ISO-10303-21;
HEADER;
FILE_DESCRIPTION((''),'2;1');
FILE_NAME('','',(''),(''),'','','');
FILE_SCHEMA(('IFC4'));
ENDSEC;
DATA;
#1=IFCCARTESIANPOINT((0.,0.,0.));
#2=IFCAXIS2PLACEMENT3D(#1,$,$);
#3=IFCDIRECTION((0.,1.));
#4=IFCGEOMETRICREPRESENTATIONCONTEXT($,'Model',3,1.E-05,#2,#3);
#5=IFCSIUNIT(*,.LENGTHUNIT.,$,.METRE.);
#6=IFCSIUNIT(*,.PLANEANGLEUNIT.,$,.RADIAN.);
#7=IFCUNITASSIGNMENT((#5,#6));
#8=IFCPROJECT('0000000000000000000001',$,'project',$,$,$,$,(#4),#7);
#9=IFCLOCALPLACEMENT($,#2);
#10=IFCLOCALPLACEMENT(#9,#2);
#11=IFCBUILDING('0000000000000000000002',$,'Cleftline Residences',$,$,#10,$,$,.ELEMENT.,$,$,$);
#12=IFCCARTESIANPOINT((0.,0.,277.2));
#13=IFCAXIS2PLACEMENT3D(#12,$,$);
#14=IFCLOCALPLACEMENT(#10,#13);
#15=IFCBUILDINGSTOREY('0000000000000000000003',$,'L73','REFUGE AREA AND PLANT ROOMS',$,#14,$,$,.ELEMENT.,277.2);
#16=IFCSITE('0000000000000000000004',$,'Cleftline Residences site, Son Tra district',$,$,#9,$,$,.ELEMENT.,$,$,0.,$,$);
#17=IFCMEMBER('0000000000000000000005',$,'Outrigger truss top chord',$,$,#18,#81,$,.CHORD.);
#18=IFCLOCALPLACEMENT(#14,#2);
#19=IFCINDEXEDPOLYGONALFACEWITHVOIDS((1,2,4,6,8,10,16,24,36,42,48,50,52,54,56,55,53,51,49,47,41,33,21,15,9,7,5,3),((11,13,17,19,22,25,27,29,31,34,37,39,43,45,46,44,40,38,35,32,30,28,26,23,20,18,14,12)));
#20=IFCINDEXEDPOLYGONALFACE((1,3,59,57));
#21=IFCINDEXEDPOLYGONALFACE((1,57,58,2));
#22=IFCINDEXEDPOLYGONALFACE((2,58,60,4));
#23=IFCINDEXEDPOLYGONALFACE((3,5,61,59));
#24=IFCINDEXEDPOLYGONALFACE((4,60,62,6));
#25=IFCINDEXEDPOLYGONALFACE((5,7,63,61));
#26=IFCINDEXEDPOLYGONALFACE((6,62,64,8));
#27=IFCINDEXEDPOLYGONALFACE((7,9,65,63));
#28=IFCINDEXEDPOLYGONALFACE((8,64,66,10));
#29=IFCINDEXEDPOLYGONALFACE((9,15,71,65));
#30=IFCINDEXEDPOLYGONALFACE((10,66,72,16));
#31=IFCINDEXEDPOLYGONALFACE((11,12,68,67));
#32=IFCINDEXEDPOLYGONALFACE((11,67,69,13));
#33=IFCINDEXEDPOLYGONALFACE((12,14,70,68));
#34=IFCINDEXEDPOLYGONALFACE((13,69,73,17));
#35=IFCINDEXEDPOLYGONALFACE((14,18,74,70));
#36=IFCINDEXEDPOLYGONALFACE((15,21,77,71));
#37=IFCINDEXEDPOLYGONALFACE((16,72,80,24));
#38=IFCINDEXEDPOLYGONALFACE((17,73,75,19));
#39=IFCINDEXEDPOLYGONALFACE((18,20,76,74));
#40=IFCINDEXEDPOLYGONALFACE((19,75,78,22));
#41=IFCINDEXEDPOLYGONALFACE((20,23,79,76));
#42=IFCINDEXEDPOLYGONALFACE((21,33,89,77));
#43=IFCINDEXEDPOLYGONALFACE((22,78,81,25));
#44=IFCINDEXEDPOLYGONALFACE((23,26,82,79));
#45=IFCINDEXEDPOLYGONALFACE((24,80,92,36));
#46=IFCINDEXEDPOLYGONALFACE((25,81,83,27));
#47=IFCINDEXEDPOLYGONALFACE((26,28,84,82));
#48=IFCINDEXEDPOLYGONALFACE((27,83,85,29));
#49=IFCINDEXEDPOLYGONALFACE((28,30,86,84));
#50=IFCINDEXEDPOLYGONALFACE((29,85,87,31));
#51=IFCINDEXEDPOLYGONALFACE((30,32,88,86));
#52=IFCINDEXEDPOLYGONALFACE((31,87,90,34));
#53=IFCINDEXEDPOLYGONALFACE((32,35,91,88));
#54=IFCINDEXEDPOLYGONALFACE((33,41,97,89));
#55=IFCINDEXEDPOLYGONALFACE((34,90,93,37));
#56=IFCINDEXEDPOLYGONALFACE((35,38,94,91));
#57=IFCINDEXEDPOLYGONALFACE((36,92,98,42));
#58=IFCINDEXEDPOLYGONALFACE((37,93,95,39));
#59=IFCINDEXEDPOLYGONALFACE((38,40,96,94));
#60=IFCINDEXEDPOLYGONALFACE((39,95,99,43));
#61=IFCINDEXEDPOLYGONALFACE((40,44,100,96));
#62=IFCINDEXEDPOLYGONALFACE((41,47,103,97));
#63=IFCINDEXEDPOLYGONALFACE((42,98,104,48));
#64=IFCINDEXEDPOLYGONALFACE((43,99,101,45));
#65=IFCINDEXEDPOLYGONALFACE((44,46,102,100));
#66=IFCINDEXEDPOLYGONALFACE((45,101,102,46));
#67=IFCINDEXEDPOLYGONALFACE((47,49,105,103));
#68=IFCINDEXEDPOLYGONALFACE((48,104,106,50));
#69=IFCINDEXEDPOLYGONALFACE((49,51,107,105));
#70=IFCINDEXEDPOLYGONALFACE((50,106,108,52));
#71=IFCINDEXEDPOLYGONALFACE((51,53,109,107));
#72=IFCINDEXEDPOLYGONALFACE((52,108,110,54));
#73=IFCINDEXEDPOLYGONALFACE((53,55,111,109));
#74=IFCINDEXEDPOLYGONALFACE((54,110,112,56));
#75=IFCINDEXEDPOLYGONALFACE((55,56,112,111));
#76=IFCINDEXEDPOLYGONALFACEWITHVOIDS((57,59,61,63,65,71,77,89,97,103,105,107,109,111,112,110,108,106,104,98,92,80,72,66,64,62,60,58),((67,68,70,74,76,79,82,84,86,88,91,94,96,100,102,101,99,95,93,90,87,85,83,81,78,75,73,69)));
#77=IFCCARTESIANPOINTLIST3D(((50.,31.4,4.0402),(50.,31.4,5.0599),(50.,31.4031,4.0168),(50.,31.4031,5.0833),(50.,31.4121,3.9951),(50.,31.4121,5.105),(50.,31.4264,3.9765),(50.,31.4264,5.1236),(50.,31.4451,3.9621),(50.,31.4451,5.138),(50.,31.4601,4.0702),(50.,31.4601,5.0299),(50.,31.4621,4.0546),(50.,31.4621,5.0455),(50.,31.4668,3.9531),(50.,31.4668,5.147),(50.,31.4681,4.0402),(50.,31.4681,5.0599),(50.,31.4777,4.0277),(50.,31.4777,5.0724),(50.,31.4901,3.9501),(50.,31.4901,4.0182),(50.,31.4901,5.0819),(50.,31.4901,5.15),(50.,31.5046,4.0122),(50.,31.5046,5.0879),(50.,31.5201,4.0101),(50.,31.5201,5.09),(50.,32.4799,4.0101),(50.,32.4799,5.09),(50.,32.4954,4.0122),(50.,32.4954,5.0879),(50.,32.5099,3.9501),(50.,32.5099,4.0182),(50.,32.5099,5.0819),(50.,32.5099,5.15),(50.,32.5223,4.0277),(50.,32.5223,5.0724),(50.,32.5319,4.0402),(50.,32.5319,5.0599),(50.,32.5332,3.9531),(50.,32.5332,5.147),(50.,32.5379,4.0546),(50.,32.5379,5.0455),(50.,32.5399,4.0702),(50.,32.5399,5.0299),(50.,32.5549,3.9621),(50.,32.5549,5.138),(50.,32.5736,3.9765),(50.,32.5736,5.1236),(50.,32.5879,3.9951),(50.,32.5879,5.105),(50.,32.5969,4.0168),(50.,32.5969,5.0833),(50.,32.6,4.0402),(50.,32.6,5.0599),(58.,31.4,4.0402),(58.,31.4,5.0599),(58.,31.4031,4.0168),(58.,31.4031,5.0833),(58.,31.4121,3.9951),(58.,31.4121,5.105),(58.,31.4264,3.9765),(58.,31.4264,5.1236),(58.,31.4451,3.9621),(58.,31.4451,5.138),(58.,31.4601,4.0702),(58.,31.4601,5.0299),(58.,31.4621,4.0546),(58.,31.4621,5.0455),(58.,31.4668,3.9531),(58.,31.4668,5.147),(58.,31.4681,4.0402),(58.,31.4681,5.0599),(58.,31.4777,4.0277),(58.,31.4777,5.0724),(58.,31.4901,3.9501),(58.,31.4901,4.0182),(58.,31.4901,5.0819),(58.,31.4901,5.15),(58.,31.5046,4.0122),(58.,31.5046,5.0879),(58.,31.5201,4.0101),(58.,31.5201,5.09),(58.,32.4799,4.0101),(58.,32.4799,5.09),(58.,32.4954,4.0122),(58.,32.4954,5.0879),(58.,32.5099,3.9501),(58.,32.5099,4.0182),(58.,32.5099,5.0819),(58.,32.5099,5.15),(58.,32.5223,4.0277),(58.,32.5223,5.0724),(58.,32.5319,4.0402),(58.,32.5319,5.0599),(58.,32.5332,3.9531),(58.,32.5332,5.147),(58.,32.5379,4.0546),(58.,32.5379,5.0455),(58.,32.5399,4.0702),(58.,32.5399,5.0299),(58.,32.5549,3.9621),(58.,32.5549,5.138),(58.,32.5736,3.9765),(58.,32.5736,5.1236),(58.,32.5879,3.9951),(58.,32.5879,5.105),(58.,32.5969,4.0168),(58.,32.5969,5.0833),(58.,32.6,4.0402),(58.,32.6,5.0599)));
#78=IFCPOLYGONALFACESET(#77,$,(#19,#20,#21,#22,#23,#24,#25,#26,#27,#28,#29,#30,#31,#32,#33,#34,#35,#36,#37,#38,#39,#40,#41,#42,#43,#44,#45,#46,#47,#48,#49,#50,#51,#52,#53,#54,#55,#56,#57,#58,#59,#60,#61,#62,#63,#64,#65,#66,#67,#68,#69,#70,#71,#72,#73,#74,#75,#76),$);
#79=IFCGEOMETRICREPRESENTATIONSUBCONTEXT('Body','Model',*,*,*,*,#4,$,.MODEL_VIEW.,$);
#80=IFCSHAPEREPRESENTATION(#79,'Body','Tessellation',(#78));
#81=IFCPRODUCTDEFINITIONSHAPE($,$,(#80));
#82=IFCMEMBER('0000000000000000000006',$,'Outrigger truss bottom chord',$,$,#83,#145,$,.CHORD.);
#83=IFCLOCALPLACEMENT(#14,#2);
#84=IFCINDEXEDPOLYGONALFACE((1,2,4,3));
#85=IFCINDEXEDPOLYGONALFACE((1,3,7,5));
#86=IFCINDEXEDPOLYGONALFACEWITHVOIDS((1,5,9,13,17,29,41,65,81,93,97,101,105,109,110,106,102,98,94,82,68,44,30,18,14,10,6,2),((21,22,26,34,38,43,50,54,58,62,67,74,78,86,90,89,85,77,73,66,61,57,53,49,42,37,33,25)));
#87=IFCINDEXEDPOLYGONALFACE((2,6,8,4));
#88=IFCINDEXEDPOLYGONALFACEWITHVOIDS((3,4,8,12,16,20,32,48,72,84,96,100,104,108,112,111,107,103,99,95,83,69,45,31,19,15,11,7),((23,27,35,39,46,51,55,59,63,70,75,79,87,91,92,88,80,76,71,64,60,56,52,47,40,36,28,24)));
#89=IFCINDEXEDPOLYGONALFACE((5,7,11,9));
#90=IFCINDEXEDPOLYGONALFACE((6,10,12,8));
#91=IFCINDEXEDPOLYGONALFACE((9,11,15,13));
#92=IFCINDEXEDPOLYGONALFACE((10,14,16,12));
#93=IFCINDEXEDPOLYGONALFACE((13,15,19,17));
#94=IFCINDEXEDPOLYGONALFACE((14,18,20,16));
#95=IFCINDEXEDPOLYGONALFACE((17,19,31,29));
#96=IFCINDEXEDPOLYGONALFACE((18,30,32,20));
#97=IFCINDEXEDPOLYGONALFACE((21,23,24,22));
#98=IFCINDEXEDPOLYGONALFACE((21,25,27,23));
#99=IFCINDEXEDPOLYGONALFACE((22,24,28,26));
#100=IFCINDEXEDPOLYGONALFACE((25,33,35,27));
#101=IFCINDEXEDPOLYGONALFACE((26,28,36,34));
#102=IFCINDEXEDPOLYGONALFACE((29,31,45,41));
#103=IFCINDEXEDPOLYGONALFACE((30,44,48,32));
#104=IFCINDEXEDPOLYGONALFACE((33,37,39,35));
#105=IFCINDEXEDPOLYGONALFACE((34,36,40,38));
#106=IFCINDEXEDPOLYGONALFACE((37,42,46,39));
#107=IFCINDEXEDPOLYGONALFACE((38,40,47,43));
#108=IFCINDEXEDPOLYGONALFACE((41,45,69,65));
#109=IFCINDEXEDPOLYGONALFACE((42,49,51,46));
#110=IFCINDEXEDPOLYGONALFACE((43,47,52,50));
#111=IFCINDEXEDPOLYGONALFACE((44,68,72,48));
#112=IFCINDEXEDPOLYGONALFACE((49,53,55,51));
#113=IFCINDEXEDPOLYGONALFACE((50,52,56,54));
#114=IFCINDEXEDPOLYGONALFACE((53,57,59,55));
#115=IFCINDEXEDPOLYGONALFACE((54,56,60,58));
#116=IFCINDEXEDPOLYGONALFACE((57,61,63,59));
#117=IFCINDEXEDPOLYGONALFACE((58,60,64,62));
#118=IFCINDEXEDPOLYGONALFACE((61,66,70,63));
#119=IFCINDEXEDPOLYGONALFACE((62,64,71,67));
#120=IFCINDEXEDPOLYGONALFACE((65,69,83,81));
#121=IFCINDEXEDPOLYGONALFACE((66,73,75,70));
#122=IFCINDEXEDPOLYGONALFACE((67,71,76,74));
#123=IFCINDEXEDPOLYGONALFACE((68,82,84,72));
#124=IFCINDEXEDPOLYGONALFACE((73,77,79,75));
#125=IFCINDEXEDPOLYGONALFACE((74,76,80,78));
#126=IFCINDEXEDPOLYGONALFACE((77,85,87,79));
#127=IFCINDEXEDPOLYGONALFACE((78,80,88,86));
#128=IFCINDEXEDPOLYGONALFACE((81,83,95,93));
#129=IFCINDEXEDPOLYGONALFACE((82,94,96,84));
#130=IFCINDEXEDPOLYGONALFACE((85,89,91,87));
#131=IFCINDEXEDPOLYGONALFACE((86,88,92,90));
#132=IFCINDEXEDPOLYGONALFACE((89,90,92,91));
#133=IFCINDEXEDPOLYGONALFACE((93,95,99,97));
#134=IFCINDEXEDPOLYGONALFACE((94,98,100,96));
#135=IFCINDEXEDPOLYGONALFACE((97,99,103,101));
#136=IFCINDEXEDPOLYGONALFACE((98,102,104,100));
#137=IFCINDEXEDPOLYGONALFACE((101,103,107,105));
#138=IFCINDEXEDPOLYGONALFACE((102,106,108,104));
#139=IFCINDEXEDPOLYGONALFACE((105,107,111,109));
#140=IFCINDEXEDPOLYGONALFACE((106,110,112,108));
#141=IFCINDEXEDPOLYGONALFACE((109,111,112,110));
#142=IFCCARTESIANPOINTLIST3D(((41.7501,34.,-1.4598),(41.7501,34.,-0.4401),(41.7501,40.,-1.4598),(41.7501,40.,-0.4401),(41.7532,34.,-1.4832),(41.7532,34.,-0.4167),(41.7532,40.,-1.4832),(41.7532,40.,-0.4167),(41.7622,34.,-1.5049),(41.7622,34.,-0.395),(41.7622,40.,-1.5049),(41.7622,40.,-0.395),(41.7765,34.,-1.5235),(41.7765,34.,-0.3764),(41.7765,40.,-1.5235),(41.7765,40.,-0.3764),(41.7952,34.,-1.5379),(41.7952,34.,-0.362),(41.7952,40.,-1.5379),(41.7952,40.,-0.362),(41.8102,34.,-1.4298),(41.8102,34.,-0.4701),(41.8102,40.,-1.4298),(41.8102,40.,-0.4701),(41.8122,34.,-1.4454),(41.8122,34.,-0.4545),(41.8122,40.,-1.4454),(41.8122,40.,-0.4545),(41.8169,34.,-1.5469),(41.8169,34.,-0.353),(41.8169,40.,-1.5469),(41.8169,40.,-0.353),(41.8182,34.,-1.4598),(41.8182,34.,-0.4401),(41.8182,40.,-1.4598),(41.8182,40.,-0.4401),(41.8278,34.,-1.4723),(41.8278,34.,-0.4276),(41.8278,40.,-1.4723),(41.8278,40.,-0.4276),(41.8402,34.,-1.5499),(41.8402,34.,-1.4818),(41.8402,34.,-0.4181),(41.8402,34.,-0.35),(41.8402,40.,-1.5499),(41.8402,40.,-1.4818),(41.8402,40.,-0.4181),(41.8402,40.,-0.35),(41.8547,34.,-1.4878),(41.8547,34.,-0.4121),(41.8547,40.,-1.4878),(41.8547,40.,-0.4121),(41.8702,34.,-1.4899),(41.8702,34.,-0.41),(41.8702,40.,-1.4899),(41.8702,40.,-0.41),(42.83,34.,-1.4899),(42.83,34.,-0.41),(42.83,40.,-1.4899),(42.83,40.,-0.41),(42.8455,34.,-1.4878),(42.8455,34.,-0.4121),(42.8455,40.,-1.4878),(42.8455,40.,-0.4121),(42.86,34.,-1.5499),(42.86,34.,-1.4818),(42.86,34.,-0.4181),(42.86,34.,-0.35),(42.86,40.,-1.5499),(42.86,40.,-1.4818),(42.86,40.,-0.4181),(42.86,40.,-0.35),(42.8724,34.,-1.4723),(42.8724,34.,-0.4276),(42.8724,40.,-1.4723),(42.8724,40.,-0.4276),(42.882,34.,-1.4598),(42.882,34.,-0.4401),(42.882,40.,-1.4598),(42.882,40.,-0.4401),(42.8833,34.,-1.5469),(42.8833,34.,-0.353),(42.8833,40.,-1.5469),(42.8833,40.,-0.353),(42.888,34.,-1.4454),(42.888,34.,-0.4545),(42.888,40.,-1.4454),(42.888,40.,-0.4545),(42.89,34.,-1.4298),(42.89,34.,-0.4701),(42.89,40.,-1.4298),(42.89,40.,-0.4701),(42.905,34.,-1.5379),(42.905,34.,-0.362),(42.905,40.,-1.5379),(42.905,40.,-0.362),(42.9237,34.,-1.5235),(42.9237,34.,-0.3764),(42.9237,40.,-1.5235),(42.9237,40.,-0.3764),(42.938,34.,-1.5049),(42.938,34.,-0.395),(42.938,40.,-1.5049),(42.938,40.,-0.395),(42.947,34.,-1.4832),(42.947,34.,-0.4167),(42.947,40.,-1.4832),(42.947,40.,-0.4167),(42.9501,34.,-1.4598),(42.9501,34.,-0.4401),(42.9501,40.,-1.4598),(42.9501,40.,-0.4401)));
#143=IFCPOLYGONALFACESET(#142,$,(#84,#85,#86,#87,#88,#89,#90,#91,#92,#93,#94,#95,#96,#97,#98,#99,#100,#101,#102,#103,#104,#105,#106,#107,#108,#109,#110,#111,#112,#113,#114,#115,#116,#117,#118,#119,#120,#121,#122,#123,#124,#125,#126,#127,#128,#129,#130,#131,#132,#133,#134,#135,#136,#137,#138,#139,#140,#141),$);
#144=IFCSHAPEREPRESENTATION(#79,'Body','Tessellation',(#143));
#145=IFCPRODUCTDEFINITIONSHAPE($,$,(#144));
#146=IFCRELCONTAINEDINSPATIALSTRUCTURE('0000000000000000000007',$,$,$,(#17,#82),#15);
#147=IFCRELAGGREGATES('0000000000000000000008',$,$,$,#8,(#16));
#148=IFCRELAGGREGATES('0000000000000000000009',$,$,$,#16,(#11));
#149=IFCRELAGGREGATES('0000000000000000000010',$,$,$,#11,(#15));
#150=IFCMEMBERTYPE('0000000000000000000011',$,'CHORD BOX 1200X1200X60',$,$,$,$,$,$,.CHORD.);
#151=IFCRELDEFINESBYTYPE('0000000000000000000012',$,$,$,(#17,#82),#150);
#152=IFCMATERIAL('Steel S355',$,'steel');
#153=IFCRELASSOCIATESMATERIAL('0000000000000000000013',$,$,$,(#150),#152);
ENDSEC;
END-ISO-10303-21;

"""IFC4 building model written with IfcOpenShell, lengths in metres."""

from ifc_helpers import new_model, si_unit, direction, frame, origin, origin_2d, place, context, subcontext, project, spatial, hollow_rectangle, extrude, material, material_profile, profile_set, type_object, element, save


model = new_model("IFC4")

# Units and contexts
model_context = context("Model", 3, precision=1e-05, world=origin(), true_north=direction((0.0, 1.0)))
body_context = subcontext(model_context, "Body", "Model", "MODEL_VIEW")
ifc_project = project(units=[si_unit("LENGTHUNIT", "METRE"), si_unit("PLANEANGLEUNIT", "RADIAN")], contexts=[model_context])

# Site, building, storey
site_placement = place(None, origin())
site = spatial("IfcSite", under=ifc_project, at=site_placement, Name="Cleftline Residences site, Son Tra district", CompositionType="ELEMENT", RefElevation=0.0)
building_placement = place(site_placement, origin())
building = spatial("IfcBuilding", under=site, at=building_placement, Name="Cleftline Residences", CompositionType="ELEMENT")
storey_placement = place(building_placement, frame((0.0, 0.0, 277.2)))
storey = spatial("IfcBuildingStorey", under=building, at=storey_placement, Name="L73", Description="REFUGE AREA AND PLANT ROOMS", CompositionType="ELEMENT", Elevation=277.2)

# Members
ifc_material_1 = material(Name="Steel S355", Category="steel")
ifc_material_profile_1 = material_profile(ifc_material_1, hollow_rectangle(XDim=1.2, YDim=1.2, WallThickness=0.0601, InnerFilletRadius=0.0601, OuterFilletRadius=0.0901, at=origin_2d()))
ifc_profile_set_1 = profile_set([ifc_material_profile_1], Name="Steel S355")
member_type_1 = type_object("IfcMemberType", Name="CHORD BOX 1200X1200X60", PredefinedType="CHORD", material=ifc_profile_set_1)
for number, where, z_axis, x_axis, name in (
    (1, (50.0, 32.0, 4.55), (1.0, 0.0, 0.0), (0.0, 1.0, 0.0), "Outrigger truss top chord"),
):
    element("IfcMember", number, at=place(storey_placement, frame(where, z_axis=z_axis, x_axis=x_axis)), inside=storey, type_object=member_type_1, Name=name, PredefinedType="CHORD", context=body_context, shape_type="SweptSolid", body=[
        extrude(hollow_rectangle(XDim=1.2, YDim=1.2, WallThickness=0.0601, InnerFilletRadius=0.0601, OuterFilletRadius=0.0901, at=origin_2d()), origin(), (0.0, 0.0, 1.0), 8.0),
    ])
for number, where, z_axis, x_axis, name in (
    (2, (42.3501, 40.0, -0.95), (0.0, -1.0, 0.0), (1.0, 0.0, 0.0), "Outrigger truss bottom chord"),
):
    element("IfcMember", number, at=place(storey_placement, frame(where, z_axis=z_axis, x_axis=x_axis)), inside=storey, type_object=member_type_1, Name=name, PredefinedType="CHORD", context=body_context, shape_type="SweptSolid", body=[
        extrude(hollow_rectangle(XDim=1.2, YDim=1.2, WallThickness=0.0601, InnerFilletRadius=0.0601, OuterFilletRadius=0.0901, at=origin_2d()), origin(), (0.0, 0.0, 1.0), 6.0),
    ])

save(model, "model.ifc")
